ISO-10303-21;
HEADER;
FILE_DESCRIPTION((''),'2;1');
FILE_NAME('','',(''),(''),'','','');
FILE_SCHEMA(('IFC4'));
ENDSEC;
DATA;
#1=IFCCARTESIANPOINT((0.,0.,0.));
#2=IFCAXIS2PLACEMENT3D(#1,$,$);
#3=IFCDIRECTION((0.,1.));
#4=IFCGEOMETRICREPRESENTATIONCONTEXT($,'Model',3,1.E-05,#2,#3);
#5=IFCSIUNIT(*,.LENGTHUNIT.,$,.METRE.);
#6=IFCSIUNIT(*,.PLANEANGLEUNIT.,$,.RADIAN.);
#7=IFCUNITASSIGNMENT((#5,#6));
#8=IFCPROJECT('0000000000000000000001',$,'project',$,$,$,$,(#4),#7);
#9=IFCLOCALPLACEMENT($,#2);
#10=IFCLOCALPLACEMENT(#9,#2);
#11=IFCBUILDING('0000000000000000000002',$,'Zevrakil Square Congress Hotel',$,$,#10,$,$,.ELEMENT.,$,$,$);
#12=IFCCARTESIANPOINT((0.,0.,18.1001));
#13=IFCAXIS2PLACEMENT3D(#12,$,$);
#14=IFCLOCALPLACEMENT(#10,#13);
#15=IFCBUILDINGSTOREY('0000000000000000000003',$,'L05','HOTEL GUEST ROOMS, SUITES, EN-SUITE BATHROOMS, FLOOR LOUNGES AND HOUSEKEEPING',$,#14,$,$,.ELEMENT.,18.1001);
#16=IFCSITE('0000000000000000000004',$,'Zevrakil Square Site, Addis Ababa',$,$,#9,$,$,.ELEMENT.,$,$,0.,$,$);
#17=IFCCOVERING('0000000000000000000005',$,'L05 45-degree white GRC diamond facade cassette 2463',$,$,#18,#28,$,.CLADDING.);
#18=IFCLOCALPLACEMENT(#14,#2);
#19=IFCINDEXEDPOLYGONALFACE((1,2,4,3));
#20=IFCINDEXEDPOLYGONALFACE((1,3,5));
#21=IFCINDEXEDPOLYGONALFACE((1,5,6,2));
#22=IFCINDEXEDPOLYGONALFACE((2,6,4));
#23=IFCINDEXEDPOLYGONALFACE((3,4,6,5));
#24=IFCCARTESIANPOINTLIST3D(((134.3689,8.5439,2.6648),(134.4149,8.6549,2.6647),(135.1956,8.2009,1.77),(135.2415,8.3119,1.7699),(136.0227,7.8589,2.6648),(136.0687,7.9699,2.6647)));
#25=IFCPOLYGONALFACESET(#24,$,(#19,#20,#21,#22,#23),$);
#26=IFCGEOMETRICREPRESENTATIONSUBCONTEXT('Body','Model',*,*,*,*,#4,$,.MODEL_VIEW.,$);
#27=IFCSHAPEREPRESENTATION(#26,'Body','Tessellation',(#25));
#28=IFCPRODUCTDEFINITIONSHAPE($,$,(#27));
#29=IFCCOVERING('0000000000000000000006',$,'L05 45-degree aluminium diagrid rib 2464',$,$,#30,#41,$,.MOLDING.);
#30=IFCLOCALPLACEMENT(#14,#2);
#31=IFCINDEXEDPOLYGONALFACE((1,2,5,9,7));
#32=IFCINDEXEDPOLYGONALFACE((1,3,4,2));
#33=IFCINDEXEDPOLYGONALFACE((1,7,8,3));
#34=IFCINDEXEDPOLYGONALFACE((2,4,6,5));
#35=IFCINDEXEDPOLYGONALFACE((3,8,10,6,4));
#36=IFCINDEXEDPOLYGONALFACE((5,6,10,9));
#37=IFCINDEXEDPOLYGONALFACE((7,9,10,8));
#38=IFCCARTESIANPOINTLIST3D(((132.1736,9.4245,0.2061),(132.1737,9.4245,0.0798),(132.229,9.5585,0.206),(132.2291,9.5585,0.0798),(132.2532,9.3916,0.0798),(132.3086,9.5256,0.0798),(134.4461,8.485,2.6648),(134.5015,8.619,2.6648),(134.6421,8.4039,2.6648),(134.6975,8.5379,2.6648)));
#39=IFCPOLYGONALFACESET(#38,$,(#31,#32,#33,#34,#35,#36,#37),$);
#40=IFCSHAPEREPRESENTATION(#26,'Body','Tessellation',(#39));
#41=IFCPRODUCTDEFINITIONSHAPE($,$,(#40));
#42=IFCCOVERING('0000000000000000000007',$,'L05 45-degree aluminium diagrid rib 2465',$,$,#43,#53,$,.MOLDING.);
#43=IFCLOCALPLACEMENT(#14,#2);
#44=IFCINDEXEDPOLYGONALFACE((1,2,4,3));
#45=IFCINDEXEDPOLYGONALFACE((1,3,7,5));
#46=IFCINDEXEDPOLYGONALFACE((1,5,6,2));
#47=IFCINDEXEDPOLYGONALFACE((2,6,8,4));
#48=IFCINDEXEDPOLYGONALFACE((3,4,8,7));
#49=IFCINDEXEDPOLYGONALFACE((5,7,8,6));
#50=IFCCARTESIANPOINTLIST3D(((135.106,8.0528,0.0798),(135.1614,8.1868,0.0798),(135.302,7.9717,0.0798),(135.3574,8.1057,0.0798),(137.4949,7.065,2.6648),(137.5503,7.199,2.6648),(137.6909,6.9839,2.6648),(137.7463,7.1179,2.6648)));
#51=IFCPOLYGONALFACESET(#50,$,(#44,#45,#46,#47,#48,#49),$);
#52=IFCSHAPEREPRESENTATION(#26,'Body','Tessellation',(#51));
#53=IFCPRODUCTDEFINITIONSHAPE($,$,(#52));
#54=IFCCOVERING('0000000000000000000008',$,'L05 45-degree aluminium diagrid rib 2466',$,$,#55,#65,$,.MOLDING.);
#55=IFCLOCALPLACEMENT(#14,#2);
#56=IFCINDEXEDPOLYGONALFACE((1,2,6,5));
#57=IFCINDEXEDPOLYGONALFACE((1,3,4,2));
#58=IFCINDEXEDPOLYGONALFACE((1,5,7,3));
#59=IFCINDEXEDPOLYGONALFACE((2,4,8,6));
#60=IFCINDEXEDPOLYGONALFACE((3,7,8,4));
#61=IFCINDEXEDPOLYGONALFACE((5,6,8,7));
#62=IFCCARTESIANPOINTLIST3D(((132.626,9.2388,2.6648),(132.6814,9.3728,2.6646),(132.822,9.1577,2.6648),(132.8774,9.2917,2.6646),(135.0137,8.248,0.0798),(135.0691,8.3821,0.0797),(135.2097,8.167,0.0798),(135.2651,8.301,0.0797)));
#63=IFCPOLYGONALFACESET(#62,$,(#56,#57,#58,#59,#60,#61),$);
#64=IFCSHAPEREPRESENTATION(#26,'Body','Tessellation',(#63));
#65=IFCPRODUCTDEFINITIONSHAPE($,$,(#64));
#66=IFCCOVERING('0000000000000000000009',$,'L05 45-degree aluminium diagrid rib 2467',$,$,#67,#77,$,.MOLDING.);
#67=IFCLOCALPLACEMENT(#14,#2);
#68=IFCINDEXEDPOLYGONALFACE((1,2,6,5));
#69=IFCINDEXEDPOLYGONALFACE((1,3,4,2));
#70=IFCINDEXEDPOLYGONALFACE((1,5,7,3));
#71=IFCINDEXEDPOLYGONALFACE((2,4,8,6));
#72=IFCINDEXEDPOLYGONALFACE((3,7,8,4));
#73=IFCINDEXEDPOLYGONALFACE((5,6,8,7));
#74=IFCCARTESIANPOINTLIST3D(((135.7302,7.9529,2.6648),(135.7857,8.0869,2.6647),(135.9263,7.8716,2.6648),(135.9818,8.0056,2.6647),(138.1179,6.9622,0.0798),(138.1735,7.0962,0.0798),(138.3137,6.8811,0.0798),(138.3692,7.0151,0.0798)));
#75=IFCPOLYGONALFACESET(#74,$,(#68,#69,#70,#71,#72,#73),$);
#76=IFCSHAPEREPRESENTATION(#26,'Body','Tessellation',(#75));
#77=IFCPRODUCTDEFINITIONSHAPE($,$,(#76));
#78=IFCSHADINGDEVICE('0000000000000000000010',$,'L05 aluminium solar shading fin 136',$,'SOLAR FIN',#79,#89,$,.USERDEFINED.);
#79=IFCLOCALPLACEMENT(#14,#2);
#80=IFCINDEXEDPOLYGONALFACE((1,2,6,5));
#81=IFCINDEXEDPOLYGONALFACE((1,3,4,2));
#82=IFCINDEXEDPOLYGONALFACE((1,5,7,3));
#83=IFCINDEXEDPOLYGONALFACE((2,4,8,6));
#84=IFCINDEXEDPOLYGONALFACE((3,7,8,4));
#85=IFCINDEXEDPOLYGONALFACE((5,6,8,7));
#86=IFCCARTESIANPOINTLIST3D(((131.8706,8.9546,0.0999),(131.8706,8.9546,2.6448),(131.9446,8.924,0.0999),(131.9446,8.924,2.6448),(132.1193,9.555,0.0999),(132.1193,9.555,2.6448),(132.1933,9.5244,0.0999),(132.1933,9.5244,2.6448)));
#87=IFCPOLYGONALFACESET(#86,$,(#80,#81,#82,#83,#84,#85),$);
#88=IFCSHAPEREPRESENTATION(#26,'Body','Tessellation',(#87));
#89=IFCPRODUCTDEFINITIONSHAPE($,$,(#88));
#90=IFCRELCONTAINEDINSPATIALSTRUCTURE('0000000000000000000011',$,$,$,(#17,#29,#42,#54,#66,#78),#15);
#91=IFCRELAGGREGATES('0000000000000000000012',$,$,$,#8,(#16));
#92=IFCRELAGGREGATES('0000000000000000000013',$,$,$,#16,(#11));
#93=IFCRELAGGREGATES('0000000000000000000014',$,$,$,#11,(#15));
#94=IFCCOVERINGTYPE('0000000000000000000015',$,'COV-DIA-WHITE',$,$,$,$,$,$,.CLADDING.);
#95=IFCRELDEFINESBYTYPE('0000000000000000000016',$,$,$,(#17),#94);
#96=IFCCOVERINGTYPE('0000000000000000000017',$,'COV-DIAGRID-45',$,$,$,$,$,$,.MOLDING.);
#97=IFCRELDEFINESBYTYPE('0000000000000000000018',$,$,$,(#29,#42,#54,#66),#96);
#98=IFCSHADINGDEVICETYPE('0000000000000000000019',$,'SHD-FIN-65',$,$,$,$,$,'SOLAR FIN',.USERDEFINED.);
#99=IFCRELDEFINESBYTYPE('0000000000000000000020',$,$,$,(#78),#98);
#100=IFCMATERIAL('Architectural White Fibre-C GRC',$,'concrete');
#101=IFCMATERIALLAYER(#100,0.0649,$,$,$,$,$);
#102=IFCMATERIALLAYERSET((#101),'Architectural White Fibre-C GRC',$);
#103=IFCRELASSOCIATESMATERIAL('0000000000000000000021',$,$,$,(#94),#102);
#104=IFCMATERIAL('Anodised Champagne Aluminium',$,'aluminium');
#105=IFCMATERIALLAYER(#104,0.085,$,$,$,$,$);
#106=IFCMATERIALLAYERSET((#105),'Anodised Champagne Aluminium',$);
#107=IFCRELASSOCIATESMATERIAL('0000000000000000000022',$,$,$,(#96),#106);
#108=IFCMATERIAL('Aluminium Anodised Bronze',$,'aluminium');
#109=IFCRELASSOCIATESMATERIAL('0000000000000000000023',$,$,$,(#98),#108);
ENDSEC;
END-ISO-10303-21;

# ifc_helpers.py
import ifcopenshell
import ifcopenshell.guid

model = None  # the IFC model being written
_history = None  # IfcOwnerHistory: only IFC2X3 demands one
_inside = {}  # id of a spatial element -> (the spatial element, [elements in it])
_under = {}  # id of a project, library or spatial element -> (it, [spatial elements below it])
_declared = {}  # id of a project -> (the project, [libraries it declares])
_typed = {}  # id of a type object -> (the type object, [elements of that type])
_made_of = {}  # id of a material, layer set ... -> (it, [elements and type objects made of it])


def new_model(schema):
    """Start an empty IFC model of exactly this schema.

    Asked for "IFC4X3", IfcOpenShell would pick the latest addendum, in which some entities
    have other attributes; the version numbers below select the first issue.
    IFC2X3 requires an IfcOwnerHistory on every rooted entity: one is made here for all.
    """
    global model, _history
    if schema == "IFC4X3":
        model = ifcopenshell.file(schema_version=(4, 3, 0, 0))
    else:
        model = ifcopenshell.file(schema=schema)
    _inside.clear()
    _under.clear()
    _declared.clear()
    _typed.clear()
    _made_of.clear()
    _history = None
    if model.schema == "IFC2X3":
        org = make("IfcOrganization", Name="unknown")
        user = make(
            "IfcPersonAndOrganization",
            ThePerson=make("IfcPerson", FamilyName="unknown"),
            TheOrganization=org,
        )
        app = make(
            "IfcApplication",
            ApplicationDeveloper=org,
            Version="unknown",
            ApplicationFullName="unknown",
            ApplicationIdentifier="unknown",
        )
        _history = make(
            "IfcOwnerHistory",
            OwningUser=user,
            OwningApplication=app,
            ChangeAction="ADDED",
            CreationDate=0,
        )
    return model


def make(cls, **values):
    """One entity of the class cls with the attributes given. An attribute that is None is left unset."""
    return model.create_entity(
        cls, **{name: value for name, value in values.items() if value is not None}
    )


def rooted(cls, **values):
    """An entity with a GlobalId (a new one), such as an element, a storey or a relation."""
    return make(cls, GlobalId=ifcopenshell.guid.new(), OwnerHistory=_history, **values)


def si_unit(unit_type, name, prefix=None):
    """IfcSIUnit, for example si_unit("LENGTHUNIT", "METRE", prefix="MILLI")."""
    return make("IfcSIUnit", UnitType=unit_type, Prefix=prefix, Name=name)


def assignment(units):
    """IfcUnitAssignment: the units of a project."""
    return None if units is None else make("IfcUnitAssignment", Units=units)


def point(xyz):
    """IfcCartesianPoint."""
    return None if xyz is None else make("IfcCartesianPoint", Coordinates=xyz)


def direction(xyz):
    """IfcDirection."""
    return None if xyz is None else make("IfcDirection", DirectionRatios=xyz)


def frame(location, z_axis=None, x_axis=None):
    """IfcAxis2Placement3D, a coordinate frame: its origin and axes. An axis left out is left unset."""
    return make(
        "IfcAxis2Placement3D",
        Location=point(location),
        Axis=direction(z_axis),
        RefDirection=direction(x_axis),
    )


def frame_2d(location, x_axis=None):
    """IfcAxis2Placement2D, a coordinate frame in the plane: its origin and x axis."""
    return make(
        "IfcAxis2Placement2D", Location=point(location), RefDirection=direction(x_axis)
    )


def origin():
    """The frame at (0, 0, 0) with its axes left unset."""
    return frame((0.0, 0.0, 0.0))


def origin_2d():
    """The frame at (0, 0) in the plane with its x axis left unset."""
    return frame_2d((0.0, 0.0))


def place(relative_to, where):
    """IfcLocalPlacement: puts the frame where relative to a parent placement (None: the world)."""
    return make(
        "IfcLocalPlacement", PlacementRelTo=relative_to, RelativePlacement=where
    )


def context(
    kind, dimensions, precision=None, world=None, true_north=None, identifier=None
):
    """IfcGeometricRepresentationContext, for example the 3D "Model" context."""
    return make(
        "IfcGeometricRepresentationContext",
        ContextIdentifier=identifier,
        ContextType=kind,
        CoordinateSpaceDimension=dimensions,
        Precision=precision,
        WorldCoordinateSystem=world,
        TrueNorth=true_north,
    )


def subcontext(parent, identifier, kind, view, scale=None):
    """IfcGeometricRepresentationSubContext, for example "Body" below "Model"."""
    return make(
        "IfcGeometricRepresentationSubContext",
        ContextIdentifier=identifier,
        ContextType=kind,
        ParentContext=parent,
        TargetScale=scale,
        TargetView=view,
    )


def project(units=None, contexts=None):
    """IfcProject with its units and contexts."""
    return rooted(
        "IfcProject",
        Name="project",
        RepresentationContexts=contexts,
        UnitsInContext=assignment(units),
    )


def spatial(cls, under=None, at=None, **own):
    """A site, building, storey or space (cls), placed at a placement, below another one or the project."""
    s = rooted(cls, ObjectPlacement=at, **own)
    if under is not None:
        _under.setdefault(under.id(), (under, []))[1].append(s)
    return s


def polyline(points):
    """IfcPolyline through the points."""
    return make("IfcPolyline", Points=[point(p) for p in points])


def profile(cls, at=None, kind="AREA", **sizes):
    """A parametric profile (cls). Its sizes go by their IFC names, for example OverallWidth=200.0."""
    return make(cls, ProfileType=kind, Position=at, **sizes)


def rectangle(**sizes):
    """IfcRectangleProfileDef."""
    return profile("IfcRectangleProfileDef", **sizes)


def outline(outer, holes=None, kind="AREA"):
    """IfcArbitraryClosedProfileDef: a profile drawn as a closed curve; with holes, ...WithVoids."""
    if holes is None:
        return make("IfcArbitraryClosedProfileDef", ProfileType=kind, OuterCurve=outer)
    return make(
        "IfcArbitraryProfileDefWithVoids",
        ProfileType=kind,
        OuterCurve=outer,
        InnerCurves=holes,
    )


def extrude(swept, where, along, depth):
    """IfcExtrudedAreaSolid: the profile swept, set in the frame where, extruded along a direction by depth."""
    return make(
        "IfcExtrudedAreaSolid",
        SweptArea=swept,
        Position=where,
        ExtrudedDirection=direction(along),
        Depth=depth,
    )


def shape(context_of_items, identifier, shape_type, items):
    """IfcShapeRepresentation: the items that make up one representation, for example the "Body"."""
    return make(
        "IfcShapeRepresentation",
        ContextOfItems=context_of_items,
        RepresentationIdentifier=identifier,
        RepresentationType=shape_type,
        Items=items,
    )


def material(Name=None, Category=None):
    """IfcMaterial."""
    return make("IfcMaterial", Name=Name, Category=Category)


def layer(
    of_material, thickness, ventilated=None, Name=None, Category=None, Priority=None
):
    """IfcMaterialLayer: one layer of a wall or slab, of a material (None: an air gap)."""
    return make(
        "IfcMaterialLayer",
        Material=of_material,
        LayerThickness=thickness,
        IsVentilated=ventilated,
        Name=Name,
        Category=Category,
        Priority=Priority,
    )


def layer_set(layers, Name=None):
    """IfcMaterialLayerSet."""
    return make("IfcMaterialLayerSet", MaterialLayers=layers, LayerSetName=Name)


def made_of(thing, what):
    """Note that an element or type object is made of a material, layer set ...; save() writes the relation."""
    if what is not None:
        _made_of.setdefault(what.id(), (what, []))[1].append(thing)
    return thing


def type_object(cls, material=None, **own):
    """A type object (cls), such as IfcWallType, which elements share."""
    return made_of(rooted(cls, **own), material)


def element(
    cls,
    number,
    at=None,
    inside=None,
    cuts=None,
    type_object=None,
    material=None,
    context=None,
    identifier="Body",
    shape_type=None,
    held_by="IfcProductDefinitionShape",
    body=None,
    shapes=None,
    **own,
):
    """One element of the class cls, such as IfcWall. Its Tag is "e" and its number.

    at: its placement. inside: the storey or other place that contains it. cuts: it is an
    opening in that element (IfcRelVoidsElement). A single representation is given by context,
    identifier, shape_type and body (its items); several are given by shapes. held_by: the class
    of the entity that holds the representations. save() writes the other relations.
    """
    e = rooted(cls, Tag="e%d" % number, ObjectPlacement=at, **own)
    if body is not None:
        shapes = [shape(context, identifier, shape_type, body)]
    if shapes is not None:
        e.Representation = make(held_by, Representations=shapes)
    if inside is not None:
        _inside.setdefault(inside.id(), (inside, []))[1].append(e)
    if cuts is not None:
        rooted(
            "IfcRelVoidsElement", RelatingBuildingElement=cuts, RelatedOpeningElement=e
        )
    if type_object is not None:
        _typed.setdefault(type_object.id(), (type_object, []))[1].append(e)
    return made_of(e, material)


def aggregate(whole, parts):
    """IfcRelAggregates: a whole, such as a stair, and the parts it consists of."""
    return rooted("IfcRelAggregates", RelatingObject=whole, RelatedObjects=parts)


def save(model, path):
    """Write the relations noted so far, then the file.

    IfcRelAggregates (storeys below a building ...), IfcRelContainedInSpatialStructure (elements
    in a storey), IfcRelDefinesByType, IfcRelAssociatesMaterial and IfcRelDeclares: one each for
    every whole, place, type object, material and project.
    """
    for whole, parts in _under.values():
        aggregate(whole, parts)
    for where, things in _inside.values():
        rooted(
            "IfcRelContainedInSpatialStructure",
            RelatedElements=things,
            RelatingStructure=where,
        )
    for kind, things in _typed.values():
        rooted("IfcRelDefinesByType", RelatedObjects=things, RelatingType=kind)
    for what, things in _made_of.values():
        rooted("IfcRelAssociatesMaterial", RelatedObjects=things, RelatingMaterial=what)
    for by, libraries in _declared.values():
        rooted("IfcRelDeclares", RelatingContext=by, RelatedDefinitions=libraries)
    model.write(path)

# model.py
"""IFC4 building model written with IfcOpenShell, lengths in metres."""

from ifc_helpers import new_model, si_unit, direction, frame, origin, origin_2d, place, context, subcontext, project, spatial, polyline, rectangle, outline, extrude, material, layer, layer_set, type_object, element, save


model = new_model("IFC4")

# Units and contexts
model_context = context("Model", 3, precision=1e-05, world=origin(), true_north=direction((0.0, 1.0)))
body_context = subcontext(model_context, "Body", "Model", "MODEL_VIEW")
ifc_project = project(units=[si_unit("LENGTHUNIT", "METRE"), si_unit("PLANEANGLEUNIT", "RADIAN")], contexts=[model_context])

# Site, building, storey
site_placement = place(None, origin())
site = spatial("IfcSite", under=ifc_project, at=site_placement, Name="Zevrakil Square Site, Addis Ababa", CompositionType="ELEMENT", RefElevation=0.0)
building_placement = place(site_placement, origin())
building = spatial("IfcBuilding", under=site, at=building_placement, Name="Zevrakil Square Congress Hotel", CompositionType="ELEMENT")
storey_placement = place(building_placement, frame((0.0, 0.0, 18.1001)))
storey = spatial("IfcBuildingStorey", under=building, at=storey_placement, Name="L05", Description="HOTEL GUEST ROOMS, SUITES, EN-SUITE BATHROOMS, FLOOR LOUNGES AND HOUSEKEEPING", CompositionType="ELEMENT", Elevation=18.1001)

# Coverings
ifc_material_1 = material(Name="Architectural White Fibre-C GRC", Category="concrete")
ifc_layer_1 = layer(ifc_material_1, 0.0649)
ifc_layer_set_1 = layer_set([ifc_layer_1], Name="Architectural White Fibre-C GRC")
covering_type_1 = type_object("IfcCoveringType", Name="COV-DIA-WHITE", PredefinedType="CLADDING", material=ifc_layer_set_1)
covering_1_placement = place(storey_placement, frame((135.1956, 8.2009, 1.77), z_axis=(-0.382697, -0.923874, 0.000609), x_axis=(-0.653195, 0.271039, 0.707017)))
element("IfcCovering", 1, at=covering_1_placement, inside=storey, type_object=covering_type_1, Name="L05 45-degree white GRC diamond facade cassette 2463", PredefinedType="CLADDING", context=body_context, shape_type="SweptSolid", body=[
    extrude(outline(polyline([(0.0, 0.0), (1.2656, 0.0), (-0.0004, -1.2656), (0.0, 0.0)])), origin(), (0.0, 0.0, -1.0), 0.1201),
])
ifc_material_2 = material(Name="Anodised Champagne Aluminium", Category="aluminium")
ifc_layer_2 = layer(ifc_material_2, 0.085)
ifc_layer_set_2 = layer_set([ifc_layer_2], Name="Anodised Champagne Aluminium")
covering_type_2 = type_object("IfcCoveringType", Name="COV-DIAGRID-45", PredefinedType="MOLDING", material=ifc_layer_set_2)
covering_2_placement = place(storey_placement, frame((132.2532, 9.3916, 0.0798), z_axis=(-0.382179, -0.924088, 0.0001), x_axis=(-0.924088, 0.382179, 0.0)))
element("IfcCovering", 2, at=covering_2_placement, inside=storey, type_object=covering_type_2, Name="L05 45-degree aluminium diagrid rib 2464", PredefinedType="MOLDING", context=body_context, shape_type="SweptSolid", body=[
    extrude(outline(polyline([(0.0, 0.0), (0.0861, 0.0), (0.0861, -0.1262), (-2.3729, -2.585), (-2.5851, -2.585), (0.0, 0.0)])), origin(), (0.0, 0.0, -1.0), 0.145),
])
covering_3_placement = place(storey_placement, frame((135.3574, 8.1057, 0.0798), z_axis=(0.382081, 0.924129, 0.000035), x_axis=(-0.924129, 0.382081, 0.0)))
element("IfcCovering", 3, at=covering_3_placement, inside=storey, type_object=covering_type_2, Name="L05 45-degree aluminium diagrid rib 2465", PredefinedType="MOLDING", context=body_context, shape_type="SweptSolid", body=[
    extrude(outline(polyline([(0.0, 0.0), (0.2121, 0.0), (-2.3729, 2.585), (-2.5851, 2.585), (0.0, 0.0)])), origin(), (0.0, 0.0, -1.0), 0.145),
])
covering_4_placement = place(storey_placement, frame((132.626, 9.2388, 2.6648), z_axis=(-0.38208, -0.924128, 0.001262), x_axis=(0.924129, -0.382081, 0.0)))
element("IfcCovering", 4, at=covering_4_placement, inside=storey, type_object=covering_type_2, Name="L05 45-degree aluminium diagrid rib 2466", PredefinedType="MOLDING", context=body_context, shape_type="SweptSolid", body=[
    extrude(outline(polyline([(0.0, 0.0), (0.2121, 0.0), (2.7972, -2.585), (2.5851, -2.585), (0.0, 0.0)])), origin(), (0.0, 0.0, -1.0), 0.145),
])
covering_5_placement = place(storey_placement, frame((135.7302, 7.9529, 2.6648), z_axis=(-0.382775, -0.923841, 0.000485), x_axis=(0.923841, -0.382775, 0.0)))
element("IfcCovering", 5, at=covering_5_placement, inside=storey, type_object=covering_type_2, Name="L05 45-degree aluminium diagrid rib 2467", PredefinedType="MOLDING", context=body_context, shape_type="SweptSolid", body=[
    extrude(outline(polyline([(0.0, 0.0), (0.2122, 0.0), (2.797, -2.585), (2.5851, -2.585), (0.0, 0.0)])), origin(), (0.0, 0.0, -1.0), 0.145),
])

# Shading device
ifc_material_3 = material(Name="Aluminium Anodised Bronze", Category="aluminium")
shading_device_type = type_object("IfcShadingDeviceType", Name="SHD-FIN-65", ElementType="SOLAR FIN", PredefinedType="USERDEFINED", material=ifc_material_3)
shading_device_placement = place(storey_placement, frame((132.032, 9.2395, 0.0999), z_axis=(0.0, 0.0, 1.0), x_axis=(-0.382683, -0.92388, 0.0)))
element("IfcShadingDevice", 6, at=shading_device_placement, inside=storey, type_object=shading_device_type, Name="L05 aluminium solar shading fin 136", ObjectType="SOLAR FIN", PredefinedType="USERDEFINED", context=body_context, shape_type="SweptSolid", body=[
    extrude(rectangle(XDim=0.6499, YDim=0.0801, at=origin_2d()), origin(), (0.0, 0.0, 1.0), 2.5449),
])

save(model, "model.ifc")
